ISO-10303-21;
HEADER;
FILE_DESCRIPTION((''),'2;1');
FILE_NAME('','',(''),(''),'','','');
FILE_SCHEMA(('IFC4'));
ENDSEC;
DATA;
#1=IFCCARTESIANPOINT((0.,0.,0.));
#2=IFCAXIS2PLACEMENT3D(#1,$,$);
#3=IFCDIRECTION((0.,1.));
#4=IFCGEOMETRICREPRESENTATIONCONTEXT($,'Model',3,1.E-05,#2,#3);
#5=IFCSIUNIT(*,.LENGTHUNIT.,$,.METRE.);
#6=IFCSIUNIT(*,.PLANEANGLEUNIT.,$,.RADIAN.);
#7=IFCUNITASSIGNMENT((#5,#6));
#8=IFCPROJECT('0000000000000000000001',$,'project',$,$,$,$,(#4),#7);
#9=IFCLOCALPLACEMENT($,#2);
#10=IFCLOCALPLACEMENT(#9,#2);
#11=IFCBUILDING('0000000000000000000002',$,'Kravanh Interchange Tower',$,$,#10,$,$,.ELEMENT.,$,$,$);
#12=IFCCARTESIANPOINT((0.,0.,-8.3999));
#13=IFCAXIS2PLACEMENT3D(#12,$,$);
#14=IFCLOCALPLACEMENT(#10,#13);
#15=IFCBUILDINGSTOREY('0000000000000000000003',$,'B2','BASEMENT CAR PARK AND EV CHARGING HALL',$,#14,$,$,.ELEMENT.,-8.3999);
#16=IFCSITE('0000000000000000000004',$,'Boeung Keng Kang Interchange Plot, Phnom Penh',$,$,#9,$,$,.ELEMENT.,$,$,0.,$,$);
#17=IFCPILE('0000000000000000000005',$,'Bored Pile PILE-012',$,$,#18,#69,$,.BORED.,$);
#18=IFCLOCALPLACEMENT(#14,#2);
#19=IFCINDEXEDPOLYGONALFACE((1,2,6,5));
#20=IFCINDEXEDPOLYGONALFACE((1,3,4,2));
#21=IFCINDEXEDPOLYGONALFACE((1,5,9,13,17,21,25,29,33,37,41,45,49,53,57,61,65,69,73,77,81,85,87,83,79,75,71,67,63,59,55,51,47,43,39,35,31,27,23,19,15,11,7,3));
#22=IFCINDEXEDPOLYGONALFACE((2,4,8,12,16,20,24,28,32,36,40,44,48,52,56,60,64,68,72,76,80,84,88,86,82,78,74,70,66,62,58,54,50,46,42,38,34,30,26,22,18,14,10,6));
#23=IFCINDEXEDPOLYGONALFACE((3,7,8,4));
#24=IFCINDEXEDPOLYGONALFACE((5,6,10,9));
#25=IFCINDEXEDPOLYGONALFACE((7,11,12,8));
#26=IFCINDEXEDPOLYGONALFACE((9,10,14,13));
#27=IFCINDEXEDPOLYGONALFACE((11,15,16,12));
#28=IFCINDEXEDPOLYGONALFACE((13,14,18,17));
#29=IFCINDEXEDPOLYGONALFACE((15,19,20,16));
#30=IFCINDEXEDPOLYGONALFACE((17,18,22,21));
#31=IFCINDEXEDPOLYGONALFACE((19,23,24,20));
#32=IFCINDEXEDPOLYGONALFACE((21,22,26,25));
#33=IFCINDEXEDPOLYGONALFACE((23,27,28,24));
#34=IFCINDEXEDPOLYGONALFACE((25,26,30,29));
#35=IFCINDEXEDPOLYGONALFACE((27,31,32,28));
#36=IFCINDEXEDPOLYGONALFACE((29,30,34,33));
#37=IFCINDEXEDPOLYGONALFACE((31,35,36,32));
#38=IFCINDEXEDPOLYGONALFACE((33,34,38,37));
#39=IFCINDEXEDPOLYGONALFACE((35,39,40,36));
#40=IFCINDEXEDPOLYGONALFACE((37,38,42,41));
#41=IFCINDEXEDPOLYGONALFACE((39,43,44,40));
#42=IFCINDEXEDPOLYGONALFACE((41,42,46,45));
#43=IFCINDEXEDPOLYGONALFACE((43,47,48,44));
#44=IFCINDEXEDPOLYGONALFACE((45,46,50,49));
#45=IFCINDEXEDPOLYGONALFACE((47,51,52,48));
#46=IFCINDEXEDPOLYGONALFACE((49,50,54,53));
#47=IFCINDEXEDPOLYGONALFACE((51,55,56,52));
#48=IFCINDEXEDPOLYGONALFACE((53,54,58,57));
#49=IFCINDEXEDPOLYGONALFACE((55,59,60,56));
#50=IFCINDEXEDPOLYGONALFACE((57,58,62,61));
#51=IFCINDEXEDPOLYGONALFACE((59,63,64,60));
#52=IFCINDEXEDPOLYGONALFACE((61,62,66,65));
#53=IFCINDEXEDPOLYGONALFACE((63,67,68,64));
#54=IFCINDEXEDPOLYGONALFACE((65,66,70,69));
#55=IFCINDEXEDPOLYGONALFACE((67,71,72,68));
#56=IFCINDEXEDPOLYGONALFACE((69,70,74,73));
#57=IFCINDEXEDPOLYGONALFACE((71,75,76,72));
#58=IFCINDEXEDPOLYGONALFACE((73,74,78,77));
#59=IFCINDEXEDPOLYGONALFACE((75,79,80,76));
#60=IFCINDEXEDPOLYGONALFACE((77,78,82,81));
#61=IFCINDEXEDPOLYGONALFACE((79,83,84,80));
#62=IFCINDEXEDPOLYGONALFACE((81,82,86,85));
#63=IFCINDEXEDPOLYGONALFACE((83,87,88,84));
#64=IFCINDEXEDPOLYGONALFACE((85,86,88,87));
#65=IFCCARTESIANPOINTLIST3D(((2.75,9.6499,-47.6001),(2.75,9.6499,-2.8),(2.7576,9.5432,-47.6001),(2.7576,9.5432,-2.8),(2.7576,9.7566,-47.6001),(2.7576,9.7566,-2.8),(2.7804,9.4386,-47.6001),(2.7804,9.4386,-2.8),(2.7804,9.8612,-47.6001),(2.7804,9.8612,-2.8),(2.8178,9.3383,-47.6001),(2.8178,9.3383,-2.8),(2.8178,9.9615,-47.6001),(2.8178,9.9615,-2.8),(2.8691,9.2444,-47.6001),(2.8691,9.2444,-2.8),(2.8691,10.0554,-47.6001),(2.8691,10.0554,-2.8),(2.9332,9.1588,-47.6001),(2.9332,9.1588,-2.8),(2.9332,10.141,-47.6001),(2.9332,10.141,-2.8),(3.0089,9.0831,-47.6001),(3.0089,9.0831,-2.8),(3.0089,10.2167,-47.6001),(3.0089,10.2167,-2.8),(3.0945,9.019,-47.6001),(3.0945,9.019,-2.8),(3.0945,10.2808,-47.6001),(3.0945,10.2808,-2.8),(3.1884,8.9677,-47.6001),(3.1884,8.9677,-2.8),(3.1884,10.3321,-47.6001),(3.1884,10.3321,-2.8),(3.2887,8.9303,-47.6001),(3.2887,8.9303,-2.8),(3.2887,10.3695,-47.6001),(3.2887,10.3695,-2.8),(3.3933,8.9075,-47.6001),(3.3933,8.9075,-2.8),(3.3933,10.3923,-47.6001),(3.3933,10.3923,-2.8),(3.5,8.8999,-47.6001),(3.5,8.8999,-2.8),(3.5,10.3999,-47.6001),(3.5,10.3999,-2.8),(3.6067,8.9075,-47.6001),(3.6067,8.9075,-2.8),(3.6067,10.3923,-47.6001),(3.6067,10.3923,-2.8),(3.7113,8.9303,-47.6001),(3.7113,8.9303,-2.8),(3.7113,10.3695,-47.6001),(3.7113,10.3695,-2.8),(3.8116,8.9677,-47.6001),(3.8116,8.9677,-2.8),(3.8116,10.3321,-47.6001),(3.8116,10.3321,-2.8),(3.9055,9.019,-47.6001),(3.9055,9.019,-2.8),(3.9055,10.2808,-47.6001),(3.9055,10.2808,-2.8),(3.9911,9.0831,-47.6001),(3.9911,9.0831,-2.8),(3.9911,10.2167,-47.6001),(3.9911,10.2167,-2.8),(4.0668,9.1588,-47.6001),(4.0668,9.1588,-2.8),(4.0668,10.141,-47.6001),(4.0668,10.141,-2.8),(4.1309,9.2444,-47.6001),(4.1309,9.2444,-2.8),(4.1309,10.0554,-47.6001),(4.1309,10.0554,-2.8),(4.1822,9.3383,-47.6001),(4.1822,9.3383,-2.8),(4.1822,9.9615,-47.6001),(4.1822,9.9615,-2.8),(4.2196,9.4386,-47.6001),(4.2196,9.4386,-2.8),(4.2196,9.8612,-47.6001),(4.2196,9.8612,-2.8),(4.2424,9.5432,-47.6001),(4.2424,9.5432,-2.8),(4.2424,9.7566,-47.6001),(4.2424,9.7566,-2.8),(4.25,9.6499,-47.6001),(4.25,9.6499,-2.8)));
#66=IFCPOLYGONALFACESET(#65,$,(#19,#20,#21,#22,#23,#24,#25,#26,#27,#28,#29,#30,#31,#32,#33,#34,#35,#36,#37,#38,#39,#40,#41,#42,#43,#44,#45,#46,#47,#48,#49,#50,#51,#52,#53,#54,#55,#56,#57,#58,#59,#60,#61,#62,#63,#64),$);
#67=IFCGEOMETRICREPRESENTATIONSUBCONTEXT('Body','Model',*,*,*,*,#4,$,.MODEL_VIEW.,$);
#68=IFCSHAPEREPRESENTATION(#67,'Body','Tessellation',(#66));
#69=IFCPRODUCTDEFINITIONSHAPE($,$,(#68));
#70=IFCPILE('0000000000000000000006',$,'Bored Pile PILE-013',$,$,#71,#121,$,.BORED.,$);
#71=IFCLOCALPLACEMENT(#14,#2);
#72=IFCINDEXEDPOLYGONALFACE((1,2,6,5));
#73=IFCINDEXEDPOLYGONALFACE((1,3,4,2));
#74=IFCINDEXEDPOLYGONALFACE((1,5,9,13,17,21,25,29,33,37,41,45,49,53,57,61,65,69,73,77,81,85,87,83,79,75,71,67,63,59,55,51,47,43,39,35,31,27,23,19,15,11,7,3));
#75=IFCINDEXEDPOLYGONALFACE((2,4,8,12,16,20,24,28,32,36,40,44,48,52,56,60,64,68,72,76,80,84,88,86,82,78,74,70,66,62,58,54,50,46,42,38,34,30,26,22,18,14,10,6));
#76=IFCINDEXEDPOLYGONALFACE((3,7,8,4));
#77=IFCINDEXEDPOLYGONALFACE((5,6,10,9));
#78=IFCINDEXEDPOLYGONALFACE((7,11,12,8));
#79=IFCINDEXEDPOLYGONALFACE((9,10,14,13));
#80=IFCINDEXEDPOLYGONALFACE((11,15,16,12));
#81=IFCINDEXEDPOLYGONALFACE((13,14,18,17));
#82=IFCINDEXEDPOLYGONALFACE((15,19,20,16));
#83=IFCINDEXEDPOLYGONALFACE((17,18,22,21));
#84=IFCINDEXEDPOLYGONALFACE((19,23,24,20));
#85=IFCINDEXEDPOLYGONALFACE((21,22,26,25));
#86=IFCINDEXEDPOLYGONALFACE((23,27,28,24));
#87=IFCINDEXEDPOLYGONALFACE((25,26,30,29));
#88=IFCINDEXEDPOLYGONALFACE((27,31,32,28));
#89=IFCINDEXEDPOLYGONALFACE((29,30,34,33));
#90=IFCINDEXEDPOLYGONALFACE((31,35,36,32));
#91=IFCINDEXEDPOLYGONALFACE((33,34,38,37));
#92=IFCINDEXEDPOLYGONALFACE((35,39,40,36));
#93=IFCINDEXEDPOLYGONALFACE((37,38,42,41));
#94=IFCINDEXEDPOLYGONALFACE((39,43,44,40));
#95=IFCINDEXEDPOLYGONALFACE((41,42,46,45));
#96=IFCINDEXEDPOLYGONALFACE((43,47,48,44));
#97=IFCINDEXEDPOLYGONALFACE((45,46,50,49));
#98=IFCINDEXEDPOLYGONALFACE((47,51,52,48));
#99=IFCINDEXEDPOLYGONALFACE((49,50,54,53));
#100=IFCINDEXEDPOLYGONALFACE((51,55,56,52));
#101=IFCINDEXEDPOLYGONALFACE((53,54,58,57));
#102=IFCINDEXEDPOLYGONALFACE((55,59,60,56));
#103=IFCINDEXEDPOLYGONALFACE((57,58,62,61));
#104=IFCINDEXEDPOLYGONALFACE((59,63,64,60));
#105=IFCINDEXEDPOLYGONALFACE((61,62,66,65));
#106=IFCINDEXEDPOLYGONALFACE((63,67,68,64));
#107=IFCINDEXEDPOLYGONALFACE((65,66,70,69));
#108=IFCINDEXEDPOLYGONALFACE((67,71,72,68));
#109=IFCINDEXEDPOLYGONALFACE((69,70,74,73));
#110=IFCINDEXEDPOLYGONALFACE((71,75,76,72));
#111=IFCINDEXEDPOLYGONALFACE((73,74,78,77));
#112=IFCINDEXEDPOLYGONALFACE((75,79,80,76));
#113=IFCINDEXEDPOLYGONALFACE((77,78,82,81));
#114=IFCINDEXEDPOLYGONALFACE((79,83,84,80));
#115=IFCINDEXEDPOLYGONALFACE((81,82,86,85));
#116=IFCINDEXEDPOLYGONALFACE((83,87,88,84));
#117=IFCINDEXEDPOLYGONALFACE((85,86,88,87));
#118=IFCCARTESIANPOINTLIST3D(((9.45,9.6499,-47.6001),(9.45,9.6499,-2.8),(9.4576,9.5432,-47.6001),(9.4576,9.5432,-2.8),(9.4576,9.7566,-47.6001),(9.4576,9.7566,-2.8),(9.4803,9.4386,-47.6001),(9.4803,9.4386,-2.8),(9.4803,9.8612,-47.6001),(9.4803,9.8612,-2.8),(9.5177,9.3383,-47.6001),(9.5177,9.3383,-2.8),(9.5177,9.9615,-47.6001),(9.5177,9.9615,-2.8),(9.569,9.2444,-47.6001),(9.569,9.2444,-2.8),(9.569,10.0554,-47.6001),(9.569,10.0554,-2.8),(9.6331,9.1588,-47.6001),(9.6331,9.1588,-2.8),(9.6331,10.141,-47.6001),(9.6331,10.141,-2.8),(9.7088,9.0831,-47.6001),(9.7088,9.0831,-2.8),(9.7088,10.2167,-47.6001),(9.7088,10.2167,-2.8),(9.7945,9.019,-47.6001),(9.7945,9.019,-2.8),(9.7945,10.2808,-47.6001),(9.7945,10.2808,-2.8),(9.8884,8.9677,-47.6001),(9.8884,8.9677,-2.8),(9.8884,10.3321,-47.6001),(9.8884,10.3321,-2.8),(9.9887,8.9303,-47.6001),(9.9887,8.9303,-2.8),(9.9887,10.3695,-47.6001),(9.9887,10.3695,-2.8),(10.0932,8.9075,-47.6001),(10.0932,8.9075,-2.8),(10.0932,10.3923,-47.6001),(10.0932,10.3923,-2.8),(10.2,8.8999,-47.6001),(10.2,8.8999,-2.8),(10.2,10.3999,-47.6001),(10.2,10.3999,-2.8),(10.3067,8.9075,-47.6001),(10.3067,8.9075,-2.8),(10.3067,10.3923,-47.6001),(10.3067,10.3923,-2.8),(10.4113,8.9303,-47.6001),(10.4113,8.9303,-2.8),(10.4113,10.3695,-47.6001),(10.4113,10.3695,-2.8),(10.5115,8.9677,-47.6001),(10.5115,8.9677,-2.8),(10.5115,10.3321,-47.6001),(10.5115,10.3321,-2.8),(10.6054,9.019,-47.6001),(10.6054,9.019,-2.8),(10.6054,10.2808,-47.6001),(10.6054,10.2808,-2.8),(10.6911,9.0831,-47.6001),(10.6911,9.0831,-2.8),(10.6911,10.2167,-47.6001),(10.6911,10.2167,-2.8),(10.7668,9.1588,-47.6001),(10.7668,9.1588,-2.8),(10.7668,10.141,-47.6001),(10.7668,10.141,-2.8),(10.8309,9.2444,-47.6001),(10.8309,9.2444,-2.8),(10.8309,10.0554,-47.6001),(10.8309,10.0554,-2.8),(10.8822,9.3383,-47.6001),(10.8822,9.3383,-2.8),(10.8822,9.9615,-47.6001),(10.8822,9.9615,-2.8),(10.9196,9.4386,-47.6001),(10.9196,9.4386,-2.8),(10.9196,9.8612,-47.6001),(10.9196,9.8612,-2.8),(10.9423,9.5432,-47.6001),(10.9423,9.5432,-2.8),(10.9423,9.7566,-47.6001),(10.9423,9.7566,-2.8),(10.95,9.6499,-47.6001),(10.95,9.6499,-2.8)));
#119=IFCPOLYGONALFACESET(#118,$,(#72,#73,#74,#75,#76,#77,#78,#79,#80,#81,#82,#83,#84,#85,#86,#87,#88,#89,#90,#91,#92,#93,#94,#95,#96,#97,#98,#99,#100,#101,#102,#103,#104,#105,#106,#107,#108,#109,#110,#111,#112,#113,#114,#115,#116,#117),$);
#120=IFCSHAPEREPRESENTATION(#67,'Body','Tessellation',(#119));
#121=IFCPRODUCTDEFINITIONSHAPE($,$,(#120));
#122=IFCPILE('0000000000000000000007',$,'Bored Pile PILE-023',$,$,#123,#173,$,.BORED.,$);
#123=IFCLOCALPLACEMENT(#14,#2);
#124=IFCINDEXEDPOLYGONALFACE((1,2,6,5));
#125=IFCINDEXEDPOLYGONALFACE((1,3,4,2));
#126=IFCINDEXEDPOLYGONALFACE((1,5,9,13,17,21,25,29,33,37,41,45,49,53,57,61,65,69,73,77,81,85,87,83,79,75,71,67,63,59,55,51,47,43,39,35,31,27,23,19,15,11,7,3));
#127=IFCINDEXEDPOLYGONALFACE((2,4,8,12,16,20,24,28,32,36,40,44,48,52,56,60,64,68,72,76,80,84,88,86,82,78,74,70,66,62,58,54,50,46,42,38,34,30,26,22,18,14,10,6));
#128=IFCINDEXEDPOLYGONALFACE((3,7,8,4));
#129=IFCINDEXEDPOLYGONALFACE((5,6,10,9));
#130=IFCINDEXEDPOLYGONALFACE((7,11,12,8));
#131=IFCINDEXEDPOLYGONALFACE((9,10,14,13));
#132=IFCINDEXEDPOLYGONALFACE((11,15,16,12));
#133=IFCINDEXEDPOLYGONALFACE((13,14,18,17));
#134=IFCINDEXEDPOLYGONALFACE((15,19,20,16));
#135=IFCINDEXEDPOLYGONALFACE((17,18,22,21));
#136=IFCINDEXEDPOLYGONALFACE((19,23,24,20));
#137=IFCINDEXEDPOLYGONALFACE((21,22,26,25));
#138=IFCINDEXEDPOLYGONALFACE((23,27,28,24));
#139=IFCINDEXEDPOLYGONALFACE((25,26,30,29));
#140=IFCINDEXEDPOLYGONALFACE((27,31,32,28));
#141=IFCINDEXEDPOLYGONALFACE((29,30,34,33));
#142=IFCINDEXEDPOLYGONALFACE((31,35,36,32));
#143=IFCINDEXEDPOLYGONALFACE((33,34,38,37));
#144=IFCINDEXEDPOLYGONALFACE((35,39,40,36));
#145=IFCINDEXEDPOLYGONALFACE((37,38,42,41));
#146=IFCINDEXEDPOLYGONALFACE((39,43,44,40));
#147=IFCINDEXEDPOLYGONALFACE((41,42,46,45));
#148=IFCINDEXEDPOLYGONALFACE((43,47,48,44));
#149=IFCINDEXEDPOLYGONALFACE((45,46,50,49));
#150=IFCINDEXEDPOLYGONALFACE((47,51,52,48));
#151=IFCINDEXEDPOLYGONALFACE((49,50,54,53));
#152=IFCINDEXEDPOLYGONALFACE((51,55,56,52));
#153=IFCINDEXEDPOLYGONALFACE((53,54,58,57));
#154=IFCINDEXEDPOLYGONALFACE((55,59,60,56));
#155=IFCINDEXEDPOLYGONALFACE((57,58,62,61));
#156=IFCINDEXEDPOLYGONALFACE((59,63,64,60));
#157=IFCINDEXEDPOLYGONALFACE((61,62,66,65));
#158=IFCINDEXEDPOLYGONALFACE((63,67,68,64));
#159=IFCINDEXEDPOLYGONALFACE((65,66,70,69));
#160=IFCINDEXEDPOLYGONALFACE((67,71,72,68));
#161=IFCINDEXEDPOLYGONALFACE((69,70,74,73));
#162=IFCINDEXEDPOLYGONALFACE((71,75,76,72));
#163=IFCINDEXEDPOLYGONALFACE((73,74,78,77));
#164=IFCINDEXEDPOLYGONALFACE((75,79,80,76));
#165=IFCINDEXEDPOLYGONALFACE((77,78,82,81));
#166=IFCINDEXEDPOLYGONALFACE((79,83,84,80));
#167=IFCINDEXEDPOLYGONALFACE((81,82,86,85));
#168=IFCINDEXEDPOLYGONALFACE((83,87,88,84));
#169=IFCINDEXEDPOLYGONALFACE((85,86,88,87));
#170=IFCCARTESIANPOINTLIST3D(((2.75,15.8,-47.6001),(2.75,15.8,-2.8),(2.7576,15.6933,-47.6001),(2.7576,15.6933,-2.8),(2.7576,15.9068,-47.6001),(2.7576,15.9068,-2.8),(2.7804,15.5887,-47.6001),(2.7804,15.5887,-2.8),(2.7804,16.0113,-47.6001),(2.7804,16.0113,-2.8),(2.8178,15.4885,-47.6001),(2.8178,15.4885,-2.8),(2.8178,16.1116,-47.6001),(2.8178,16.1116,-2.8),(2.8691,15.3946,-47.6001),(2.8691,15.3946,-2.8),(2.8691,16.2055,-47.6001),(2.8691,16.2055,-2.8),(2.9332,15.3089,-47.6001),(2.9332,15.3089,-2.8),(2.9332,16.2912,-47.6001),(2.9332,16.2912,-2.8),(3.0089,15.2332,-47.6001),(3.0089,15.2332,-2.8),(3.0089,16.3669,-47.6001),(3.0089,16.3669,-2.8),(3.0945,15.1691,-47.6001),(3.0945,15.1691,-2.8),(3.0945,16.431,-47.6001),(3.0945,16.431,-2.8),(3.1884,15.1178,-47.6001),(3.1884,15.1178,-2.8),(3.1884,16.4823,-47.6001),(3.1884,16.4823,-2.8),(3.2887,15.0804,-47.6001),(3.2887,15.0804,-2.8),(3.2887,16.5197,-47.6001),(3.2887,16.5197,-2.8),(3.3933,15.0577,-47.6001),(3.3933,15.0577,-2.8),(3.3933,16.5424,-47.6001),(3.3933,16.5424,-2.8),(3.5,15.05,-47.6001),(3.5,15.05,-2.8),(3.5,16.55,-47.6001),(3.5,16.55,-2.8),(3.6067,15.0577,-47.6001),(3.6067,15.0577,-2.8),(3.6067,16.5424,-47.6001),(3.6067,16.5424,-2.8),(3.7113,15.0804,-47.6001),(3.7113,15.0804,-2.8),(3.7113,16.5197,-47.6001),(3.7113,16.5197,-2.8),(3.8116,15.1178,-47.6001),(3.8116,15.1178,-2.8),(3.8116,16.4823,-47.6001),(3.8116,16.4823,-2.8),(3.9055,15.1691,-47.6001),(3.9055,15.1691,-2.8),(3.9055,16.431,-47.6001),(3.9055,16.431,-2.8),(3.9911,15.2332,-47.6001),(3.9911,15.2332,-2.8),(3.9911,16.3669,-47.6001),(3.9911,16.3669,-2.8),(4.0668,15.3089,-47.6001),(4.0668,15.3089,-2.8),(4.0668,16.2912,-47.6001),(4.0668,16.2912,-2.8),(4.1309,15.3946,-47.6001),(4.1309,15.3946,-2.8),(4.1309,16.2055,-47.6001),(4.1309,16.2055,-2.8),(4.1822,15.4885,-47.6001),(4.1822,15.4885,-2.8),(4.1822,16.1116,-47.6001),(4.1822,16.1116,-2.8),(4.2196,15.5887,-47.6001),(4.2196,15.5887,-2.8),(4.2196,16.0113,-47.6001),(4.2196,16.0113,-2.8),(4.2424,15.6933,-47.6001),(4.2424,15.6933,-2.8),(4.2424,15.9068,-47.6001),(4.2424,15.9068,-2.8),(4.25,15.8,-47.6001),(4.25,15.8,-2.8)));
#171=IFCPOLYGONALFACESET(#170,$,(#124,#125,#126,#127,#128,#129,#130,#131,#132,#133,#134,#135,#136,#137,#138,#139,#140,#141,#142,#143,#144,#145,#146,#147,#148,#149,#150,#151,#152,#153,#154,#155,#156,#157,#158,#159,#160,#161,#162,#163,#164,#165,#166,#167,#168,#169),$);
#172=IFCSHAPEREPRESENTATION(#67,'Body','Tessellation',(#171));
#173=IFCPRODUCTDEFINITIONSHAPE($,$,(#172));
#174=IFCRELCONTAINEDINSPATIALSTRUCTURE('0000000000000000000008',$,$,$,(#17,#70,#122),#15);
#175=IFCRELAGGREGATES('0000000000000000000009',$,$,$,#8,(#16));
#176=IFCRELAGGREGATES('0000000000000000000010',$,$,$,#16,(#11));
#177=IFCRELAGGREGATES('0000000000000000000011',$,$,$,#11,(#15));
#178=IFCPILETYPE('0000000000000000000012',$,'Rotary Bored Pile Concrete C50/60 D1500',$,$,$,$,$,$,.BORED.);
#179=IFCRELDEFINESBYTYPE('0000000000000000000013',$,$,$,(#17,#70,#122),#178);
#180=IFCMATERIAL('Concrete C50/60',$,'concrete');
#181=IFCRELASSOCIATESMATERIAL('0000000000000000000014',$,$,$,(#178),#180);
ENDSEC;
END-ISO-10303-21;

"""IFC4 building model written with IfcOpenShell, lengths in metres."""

from ifc_helpers import new_model, si_unit, direction, frame, origin, origin_2d, place, context, subcontext, project, spatial, circle, extrude, material, material_profile, profile_set, type_object, element, save


model = new_model("IFC4")

# Units and contexts
model_context = context("Model", 3, precision=1e-05, world=origin(), true_north=direction((0.0, 1.0)))
body_context = subcontext(model_context, "Body", "Model", "MODEL_VIEW")
ifc_project = project(units=[si_unit("LENGTHUNIT", "METRE"), si_unit("PLANEANGLEUNIT", "RADIAN")], contexts=[model_context])

# Site, building, storey
site_placement = place(None, origin())
site = spatial("IfcSite", under=ifc_project, at=site_placement, Name="Boeung Keng Kang Interchange Plot, Phnom Penh", CompositionType="ELEMENT", RefElevation=0.0)
building_placement = place(site_placement, origin())
building = spatial("IfcBuilding", under=site, at=building_placement, Name="Kravanh Interchange Tower", CompositionType="ELEMENT")
storey_placement = place(building_placement, frame((0.0, 0.0, -8.3999)))
storey = spatial("IfcBuildingStorey", under=building, at=storey_placement, Name="B2", Description="BASEMENT CAR PARK AND EV CHARGING HALL", CompositionType="ELEMENT", Elevation=-8.3999)

# Piles
ifc_material_1 = material(Name="Concrete C50/60", Category="concrete")
ifc_material_profile_1 = material_profile(ifc_material_1, circle(Radius=0.75, at=origin_2d()), Name="PILE-D1500")
ifc_profile_set_1 = profile_set([ifc_material_profile_1], Name="Concrete C50/60")
pile_type = type_object("IfcPileType", Name="Rotary Bored Pile Concrete C50/60 D1500", PredefinedType="BORED", material=ifc_profile_set_1)
for number, where, z_axis, x_axis, name in (
    (1, (3.5, 9.6499, -2.8), (0.0, 0.0, -1.0), (1.0, 0.0, 0.0), "Bored Pile PILE-012"),
    (2, (10.2, 9.6499, -2.8), (0.0, 0.0, -1.0), (1.0, 0.0, 0.0), "Bored Pile PILE-013"),
    (3, (3.5, 15.8, -2.8), (0.0, 0.0, -1.0), (1.0, 0.0, 0.0), "Bored Pile PILE-023"),
):
    element("IfcPile", number, at=place(storey_placement, frame(where, z_axis=z_axis, x_axis=x_axis)), inside=storey, type_object=pile_type, Name=name, PredefinedType="BORED", context=body_context, shape_type="SweptSolid", body=[
        extrude(circle(Radius=0.75, at=origin_2d()), origin(), (0.0, 0.0, 1.0), 44.8),
    ])

save(model, "model.ifc")
